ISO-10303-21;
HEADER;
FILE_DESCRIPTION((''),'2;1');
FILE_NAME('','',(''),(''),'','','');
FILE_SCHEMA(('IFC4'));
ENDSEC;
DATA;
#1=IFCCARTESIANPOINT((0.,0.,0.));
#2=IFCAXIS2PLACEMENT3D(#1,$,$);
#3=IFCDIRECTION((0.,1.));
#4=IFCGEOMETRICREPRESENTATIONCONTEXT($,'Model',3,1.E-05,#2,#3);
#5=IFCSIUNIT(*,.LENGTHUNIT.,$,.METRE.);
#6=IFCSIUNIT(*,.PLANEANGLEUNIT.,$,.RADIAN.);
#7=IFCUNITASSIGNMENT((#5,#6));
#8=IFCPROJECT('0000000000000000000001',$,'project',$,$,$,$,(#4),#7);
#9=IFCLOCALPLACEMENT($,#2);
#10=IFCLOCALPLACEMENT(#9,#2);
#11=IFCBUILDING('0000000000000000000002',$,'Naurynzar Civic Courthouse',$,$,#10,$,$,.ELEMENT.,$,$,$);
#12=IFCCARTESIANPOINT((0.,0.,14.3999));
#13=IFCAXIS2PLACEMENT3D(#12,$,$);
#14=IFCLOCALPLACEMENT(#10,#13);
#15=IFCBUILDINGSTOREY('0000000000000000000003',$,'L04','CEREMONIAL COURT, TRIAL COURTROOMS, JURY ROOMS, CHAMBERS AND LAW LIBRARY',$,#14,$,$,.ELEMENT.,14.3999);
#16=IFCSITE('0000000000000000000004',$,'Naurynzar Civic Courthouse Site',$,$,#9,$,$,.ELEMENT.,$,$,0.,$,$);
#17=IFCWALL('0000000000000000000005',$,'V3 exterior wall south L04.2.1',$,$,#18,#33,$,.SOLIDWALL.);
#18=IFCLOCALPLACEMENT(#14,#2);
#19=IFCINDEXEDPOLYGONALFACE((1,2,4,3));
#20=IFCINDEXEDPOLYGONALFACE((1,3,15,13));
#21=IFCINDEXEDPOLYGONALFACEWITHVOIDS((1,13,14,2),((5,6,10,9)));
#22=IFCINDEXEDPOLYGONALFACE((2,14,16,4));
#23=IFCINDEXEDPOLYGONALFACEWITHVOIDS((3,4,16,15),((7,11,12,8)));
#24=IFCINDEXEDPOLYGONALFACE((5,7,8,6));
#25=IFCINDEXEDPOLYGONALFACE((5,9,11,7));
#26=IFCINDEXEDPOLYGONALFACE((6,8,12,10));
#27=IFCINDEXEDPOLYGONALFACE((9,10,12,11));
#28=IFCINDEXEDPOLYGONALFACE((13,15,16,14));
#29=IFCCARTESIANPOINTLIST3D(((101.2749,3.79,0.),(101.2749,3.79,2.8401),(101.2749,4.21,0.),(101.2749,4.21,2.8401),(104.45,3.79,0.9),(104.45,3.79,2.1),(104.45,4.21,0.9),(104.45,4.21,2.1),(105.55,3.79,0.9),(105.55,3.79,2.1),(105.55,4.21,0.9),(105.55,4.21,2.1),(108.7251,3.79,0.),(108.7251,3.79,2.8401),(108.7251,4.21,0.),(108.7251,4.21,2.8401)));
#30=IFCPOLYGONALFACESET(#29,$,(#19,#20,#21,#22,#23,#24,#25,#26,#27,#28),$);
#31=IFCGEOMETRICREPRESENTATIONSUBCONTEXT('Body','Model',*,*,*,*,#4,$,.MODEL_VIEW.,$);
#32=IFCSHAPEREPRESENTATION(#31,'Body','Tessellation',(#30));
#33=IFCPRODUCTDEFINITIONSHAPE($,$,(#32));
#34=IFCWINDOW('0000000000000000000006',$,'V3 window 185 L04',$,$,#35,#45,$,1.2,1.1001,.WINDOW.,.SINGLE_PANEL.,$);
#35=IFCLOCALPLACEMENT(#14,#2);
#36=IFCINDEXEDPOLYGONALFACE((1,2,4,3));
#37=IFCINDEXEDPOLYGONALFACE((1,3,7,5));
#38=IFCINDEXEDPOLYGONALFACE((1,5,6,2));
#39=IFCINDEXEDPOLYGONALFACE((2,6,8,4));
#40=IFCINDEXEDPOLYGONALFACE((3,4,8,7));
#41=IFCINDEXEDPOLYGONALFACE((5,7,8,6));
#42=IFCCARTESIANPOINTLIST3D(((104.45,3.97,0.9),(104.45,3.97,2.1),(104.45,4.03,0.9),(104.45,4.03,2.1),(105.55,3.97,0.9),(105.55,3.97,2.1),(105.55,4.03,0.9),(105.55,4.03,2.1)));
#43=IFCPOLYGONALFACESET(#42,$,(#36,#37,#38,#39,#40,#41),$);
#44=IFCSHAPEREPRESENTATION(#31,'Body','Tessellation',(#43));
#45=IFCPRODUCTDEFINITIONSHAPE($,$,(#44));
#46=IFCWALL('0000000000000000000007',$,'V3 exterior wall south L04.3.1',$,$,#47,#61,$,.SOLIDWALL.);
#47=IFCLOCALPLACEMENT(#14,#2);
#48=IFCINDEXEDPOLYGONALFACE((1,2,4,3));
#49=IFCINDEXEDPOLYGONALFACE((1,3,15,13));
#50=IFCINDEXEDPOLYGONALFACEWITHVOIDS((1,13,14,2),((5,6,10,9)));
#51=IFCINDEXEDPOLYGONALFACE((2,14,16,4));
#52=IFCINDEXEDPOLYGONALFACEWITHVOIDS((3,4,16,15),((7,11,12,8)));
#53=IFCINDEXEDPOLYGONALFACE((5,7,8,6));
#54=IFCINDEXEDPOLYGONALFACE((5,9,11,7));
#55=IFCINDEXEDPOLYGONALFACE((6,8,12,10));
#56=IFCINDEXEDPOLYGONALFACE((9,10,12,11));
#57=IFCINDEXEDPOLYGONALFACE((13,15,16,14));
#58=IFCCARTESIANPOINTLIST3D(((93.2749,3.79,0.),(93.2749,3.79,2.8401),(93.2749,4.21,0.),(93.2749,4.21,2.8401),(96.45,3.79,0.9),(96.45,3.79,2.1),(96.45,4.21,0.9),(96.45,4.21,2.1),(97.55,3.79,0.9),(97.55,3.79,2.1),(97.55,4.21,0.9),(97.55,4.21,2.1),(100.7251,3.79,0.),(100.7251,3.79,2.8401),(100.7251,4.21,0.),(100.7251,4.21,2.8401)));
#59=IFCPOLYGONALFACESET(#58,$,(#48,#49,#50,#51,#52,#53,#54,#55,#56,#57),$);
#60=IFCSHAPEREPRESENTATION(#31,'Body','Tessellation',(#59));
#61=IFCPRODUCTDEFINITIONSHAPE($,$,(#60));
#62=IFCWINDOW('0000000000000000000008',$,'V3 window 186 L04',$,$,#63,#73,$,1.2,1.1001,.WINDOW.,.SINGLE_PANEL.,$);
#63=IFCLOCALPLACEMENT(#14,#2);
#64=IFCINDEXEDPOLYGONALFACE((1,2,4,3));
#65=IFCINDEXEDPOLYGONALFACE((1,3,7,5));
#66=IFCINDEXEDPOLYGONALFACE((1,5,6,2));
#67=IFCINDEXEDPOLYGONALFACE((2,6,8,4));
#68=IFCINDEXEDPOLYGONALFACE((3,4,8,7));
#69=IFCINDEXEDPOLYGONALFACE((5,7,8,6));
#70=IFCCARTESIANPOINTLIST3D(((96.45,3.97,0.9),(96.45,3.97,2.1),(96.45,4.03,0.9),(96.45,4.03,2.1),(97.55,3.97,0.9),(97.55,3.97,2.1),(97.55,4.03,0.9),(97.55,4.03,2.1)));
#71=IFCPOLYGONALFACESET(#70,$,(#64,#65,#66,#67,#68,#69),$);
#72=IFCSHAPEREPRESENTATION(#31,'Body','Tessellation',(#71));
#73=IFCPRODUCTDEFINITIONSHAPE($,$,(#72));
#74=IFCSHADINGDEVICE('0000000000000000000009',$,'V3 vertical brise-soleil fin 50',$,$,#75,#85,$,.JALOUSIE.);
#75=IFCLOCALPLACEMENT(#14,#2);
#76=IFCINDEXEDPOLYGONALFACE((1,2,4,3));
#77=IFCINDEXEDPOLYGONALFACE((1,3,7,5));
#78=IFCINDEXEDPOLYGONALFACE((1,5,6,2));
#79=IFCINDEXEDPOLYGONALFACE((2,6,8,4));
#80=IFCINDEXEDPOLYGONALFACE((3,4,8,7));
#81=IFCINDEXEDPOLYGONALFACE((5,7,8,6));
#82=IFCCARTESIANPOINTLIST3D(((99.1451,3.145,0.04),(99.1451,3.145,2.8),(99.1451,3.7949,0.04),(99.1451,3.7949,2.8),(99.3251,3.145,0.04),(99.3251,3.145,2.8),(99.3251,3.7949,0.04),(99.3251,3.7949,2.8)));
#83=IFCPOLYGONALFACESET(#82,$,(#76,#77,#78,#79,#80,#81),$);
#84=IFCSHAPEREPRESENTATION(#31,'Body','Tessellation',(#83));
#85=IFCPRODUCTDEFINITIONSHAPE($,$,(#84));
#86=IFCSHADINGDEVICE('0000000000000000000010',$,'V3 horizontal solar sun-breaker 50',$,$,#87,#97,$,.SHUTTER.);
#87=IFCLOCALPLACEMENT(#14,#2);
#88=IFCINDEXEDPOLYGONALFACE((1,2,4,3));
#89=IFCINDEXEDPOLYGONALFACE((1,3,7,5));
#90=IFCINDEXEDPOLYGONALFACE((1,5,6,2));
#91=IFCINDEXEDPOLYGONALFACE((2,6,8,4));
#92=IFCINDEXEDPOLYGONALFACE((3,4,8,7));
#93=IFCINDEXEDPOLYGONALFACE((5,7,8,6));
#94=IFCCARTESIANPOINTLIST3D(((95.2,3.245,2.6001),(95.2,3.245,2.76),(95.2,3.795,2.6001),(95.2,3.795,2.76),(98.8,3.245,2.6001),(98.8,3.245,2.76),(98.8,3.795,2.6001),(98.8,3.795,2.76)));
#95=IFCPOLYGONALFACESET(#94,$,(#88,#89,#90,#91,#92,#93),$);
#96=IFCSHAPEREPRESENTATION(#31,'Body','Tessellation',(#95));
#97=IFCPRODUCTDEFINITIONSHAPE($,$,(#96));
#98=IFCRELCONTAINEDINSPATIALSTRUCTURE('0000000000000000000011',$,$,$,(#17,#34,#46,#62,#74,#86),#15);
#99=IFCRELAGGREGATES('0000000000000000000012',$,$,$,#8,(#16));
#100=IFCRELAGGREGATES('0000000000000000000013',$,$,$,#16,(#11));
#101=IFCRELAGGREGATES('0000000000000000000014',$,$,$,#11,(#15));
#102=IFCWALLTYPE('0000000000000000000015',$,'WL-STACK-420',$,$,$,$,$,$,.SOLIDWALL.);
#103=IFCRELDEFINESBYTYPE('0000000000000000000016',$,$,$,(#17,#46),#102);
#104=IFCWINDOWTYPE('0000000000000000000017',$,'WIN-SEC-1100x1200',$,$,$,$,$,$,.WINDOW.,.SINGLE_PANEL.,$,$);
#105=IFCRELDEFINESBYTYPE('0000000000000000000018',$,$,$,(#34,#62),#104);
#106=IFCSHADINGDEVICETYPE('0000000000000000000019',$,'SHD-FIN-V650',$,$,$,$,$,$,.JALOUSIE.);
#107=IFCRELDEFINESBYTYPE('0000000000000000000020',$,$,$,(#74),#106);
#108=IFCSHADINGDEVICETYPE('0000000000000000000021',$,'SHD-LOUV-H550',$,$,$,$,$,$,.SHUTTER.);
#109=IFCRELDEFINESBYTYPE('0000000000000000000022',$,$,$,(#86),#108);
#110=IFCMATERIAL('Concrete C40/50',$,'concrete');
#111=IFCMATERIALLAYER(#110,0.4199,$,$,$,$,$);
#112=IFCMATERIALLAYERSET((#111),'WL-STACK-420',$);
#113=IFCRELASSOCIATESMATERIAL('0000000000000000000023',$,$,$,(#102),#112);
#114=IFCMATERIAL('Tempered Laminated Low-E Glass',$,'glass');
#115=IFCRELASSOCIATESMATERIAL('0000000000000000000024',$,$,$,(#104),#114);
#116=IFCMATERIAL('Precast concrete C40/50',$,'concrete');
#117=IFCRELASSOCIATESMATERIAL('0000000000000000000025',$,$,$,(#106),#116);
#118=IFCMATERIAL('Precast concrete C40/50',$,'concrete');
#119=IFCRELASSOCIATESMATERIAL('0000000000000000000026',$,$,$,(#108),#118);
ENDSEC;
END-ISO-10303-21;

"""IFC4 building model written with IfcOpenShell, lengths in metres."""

from ifc_helpers import new_model, si_unit, direction, frame, frame_2d, origin, origin_2d, place, context, subcontext, project, spatial, rectangle, extrude, material, layer, layer_set, type_object, element, fill, save


model = new_model("IFC4")

# Units and contexts
model_context = context("Model", 3, precision=1e-05, world=origin(), true_north=direction((0.0, 1.0)))
body_context = subcontext(model_context, "Body", "Model", "MODEL_VIEW")
ifc_project = project(units=[si_unit("LENGTHUNIT", "METRE"), si_unit("PLANEANGLEUNIT", "RADIAN")], contexts=[model_context])

# Site, building, storey
site_placement = place(None, origin())
site = spatial("IfcSite", under=ifc_project, at=site_placement, Name="Naurynzar Civic Courthouse Site", CompositionType="ELEMENT", RefElevation=0.0)
building_placement = place(site_placement, origin())
building = spatial("IfcBuilding", under=site, at=building_placement, Name="Naurynzar Civic Courthouse", CompositionType="ELEMENT")
storey_placement = place(building_placement, frame((0.0, 0.0, 14.3999)))
storey = spatial("IfcBuildingStorey", under=building, at=storey_placement, Name="L04", Description="CEREMONIAL COURT, TRIAL COURTROOMS, JURY ROOMS, CHAMBERS AND LAW LIBRARY", CompositionType="ELEMENT", Elevation=14.3999)

# Walls, openings, windows
ifc_material_1 = material(Name="Concrete C40/50", Category="concrete")
ifc_layer_1 = layer(ifc_material_1, 0.4199)
ifc_layer_set_1 = layer_set([ifc_layer_1], Name="WL-STACK-420")
wall_type_1 = type_object("IfcWallType", Name="WL-STACK-420", PredefinedType="SOLIDWALL", material=ifc_layer_set_1)
wall_1_placement = place(storey_placement, frame((108.7251, 4.0, 0.0), z_axis=(0.0, 0.0, 1.0), x_axis=(-1.0, 0.0, 0.0)))
wall_1 = element("IfcWall", 1, at=wall_1_placement, inside=storey, type_object=wall_type_1, Name="V3 exterior wall south L04.2.1", PredefinedType="SOLIDWALL", context=body_context, shape_type="SweptSolid", body=[
    extrude(rectangle(XDim=7.4502, YDim=0.4199, at=frame_2d((3.7251, 0.0))), origin(), (0.0, 0.0, 1.0), 2.8401),
])
opening_1_placement = place(wall_1_placement, frame((3.175, 0.0, 0.8999)))
opening_1 = element("IfcOpeningElement", 2, at=opening_1_placement, cuts=wall_1, PredefinedType="OPENING", context=body_context, shape_type="SweptSolid", body=[
    extrude(rectangle(XDim=1.1001, YDim=1.2, at=frame_2d((0.55, 0.6001))), frame((0.0, 0.22, 0.0), z_axis=(0.0, -1.0, 0.0), x_axis=(1.0, 0.0, 0.0)), (0.0, 0.0, 1.0), 0.4399),
])
ifc_material_2 = material(Name="Tempered Laminated Low-E Glass", Category="glass")
window_type = type_object("IfcWindowType", Name="WIN-SEC-1100x1200", PartitioningType="SINGLE_PANEL", PredefinedType="WINDOW", material=ifc_material_2)
window_1_placement = place(opening_1_placement, origin())
window_1 = element("IfcWindow", 3, at=window_1_placement, inside=storey, type_object=window_type, Name="V3 window 185 L04", OverallHeight=1.2, OverallWidth=1.1001, PartitioningType="SINGLE_PANEL", PredefinedType="WINDOW", context=body_context, shape_type="SweptSolid", body=[
    extrude(rectangle(XDim=1.1001, YDim=1.2, at=frame_2d((0.55, 0.6001))), frame((0.0, 0.03, 0.0), z_axis=(0.0, -1.0, 0.0), x_axis=(1.0, 0.0, 0.0)), (0.0, 0.0, 1.0), 0.0601),
])
fill(opening_1, window_1)
wall_2_placement = place(storey_placement, frame((100.7251, 4.0, 0.0), z_axis=(0.0, 0.0, 1.0), x_axis=(-1.0, 0.0, 0.0)))
wall_2 = element("IfcWall", 4, at=wall_2_placement, inside=storey, type_object=wall_type_1, Name="V3 exterior wall south L04.3.1", PredefinedType="SOLIDWALL", context=body_context, shape_type="SweptSolid", body=[
    extrude(rectangle(XDim=7.4502, YDim=0.4199, at=frame_2d((3.7251, 0.0))), origin(), (0.0, 0.0, 1.0), 2.8401),
])
opening_2_placement = place(wall_2_placement, frame((3.175, 0.0, 0.8999)))
opening_2 = element("IfcOpeningElement", 5, at=opening_2_placement, cuts=wall_2, PredefinedType="OPENING", context=body_context, shape_type="SweptSolid", body=[
    extrude(rectangle(XDim=1.1001, YDim=1.2, at=frame_2d((0.55, 0.6001))), frame((0.0, 0.22, 0.0), z_axis=(0.0, -1.0, 0.0), x_axis=(1.0, 0.0, 0.0)), (0.0, 0.0, 1.0), 0.4399),
])
window_2_placement = place(opening_2_placement, origin())
window_2 = element("IfcWindow", 6, at=window_2_placement, inside=storey, type_object=window_type, Name="V3 window 186 L04", OverallHeight=1.2, OverallWidth=1.1001, PartitioningType="SINGLE_PANEL", PredefinedType="WINDOW", context=body_context, shape_type="SweptSolid", body=[
    extrude(rectangle(XDim=1.1001, YDim=1.2, at=frame_2d((0.55, 0.6001))), frame((0.0, 0.03, 0.0), z_axis=(0.0, -1.0, 0.0), x_axis=(1.0, 0.0, 0.0)), (0.0, 0.0, 1.0), 0.0601),
])
fill(opening_2, window_2)

# Shading devices
ifc_material_3 = material(Name="Precast concrete C40/50", Category="concrete")
shading_device_type_1 = type_object("IfcShadingDeviceType", Name="SHD-FIN-V650", PredefinedType="JALOUSIE", material=ifc_material_3)
shading_device_1_placement = place(storey_placement, frame((99.2351, 3.47, 0.04), z_axis=(0.0, 0.0, 1.0), x_axis=(-1.0, 0.0, 0.0)))
element("IfcShadingDevice", 7, at=shading_device_1_placement, inside=storey, type_object=shading_device_type_1, Name="V3 vertical brise-soleil fin 50", PredefinedType="JALOUSIE", context=body_context, shape_type="SweptSolid", body=[
    extrude(rectangle(XDim=0.1799, YDim=0.6499, at=origin_2d()), origin(), (0.0, 0.0, 1.0), 2.76),
])
ifc_material_4 = material(Name="Precast concrete C40/50", Category="concrete")
shading_device_type_2 = type_object("IfcShadingDeviceType", Name="SHD-LOUV-H550", PredefinedType="SHUTTER", material=ifc_material_4)
shading_device_2_placement = place(storey_placement, frame((97.0, 3.52, 2.6001), z_axis=(0.0, 0.0, 1.0), x_axis=(-1.0, 0.0, 0.0)))
element("IfcShadingDevice", 8, at=shading_device_2_placement, inside=storey, type_object=shading_device_type_2, Name="V3 horizontal solar sun-breaker 50", PredefinedType="SHUTTER", context=body_context, shape_type="SweptSolid", body=[
    extrude(rectangle(XDim=3.6001, YDim=0.55, at=origin_2d()), origin(), (0.0, 0.0, 1.0), 0.1599),
])

save(model, "model.ifc")
